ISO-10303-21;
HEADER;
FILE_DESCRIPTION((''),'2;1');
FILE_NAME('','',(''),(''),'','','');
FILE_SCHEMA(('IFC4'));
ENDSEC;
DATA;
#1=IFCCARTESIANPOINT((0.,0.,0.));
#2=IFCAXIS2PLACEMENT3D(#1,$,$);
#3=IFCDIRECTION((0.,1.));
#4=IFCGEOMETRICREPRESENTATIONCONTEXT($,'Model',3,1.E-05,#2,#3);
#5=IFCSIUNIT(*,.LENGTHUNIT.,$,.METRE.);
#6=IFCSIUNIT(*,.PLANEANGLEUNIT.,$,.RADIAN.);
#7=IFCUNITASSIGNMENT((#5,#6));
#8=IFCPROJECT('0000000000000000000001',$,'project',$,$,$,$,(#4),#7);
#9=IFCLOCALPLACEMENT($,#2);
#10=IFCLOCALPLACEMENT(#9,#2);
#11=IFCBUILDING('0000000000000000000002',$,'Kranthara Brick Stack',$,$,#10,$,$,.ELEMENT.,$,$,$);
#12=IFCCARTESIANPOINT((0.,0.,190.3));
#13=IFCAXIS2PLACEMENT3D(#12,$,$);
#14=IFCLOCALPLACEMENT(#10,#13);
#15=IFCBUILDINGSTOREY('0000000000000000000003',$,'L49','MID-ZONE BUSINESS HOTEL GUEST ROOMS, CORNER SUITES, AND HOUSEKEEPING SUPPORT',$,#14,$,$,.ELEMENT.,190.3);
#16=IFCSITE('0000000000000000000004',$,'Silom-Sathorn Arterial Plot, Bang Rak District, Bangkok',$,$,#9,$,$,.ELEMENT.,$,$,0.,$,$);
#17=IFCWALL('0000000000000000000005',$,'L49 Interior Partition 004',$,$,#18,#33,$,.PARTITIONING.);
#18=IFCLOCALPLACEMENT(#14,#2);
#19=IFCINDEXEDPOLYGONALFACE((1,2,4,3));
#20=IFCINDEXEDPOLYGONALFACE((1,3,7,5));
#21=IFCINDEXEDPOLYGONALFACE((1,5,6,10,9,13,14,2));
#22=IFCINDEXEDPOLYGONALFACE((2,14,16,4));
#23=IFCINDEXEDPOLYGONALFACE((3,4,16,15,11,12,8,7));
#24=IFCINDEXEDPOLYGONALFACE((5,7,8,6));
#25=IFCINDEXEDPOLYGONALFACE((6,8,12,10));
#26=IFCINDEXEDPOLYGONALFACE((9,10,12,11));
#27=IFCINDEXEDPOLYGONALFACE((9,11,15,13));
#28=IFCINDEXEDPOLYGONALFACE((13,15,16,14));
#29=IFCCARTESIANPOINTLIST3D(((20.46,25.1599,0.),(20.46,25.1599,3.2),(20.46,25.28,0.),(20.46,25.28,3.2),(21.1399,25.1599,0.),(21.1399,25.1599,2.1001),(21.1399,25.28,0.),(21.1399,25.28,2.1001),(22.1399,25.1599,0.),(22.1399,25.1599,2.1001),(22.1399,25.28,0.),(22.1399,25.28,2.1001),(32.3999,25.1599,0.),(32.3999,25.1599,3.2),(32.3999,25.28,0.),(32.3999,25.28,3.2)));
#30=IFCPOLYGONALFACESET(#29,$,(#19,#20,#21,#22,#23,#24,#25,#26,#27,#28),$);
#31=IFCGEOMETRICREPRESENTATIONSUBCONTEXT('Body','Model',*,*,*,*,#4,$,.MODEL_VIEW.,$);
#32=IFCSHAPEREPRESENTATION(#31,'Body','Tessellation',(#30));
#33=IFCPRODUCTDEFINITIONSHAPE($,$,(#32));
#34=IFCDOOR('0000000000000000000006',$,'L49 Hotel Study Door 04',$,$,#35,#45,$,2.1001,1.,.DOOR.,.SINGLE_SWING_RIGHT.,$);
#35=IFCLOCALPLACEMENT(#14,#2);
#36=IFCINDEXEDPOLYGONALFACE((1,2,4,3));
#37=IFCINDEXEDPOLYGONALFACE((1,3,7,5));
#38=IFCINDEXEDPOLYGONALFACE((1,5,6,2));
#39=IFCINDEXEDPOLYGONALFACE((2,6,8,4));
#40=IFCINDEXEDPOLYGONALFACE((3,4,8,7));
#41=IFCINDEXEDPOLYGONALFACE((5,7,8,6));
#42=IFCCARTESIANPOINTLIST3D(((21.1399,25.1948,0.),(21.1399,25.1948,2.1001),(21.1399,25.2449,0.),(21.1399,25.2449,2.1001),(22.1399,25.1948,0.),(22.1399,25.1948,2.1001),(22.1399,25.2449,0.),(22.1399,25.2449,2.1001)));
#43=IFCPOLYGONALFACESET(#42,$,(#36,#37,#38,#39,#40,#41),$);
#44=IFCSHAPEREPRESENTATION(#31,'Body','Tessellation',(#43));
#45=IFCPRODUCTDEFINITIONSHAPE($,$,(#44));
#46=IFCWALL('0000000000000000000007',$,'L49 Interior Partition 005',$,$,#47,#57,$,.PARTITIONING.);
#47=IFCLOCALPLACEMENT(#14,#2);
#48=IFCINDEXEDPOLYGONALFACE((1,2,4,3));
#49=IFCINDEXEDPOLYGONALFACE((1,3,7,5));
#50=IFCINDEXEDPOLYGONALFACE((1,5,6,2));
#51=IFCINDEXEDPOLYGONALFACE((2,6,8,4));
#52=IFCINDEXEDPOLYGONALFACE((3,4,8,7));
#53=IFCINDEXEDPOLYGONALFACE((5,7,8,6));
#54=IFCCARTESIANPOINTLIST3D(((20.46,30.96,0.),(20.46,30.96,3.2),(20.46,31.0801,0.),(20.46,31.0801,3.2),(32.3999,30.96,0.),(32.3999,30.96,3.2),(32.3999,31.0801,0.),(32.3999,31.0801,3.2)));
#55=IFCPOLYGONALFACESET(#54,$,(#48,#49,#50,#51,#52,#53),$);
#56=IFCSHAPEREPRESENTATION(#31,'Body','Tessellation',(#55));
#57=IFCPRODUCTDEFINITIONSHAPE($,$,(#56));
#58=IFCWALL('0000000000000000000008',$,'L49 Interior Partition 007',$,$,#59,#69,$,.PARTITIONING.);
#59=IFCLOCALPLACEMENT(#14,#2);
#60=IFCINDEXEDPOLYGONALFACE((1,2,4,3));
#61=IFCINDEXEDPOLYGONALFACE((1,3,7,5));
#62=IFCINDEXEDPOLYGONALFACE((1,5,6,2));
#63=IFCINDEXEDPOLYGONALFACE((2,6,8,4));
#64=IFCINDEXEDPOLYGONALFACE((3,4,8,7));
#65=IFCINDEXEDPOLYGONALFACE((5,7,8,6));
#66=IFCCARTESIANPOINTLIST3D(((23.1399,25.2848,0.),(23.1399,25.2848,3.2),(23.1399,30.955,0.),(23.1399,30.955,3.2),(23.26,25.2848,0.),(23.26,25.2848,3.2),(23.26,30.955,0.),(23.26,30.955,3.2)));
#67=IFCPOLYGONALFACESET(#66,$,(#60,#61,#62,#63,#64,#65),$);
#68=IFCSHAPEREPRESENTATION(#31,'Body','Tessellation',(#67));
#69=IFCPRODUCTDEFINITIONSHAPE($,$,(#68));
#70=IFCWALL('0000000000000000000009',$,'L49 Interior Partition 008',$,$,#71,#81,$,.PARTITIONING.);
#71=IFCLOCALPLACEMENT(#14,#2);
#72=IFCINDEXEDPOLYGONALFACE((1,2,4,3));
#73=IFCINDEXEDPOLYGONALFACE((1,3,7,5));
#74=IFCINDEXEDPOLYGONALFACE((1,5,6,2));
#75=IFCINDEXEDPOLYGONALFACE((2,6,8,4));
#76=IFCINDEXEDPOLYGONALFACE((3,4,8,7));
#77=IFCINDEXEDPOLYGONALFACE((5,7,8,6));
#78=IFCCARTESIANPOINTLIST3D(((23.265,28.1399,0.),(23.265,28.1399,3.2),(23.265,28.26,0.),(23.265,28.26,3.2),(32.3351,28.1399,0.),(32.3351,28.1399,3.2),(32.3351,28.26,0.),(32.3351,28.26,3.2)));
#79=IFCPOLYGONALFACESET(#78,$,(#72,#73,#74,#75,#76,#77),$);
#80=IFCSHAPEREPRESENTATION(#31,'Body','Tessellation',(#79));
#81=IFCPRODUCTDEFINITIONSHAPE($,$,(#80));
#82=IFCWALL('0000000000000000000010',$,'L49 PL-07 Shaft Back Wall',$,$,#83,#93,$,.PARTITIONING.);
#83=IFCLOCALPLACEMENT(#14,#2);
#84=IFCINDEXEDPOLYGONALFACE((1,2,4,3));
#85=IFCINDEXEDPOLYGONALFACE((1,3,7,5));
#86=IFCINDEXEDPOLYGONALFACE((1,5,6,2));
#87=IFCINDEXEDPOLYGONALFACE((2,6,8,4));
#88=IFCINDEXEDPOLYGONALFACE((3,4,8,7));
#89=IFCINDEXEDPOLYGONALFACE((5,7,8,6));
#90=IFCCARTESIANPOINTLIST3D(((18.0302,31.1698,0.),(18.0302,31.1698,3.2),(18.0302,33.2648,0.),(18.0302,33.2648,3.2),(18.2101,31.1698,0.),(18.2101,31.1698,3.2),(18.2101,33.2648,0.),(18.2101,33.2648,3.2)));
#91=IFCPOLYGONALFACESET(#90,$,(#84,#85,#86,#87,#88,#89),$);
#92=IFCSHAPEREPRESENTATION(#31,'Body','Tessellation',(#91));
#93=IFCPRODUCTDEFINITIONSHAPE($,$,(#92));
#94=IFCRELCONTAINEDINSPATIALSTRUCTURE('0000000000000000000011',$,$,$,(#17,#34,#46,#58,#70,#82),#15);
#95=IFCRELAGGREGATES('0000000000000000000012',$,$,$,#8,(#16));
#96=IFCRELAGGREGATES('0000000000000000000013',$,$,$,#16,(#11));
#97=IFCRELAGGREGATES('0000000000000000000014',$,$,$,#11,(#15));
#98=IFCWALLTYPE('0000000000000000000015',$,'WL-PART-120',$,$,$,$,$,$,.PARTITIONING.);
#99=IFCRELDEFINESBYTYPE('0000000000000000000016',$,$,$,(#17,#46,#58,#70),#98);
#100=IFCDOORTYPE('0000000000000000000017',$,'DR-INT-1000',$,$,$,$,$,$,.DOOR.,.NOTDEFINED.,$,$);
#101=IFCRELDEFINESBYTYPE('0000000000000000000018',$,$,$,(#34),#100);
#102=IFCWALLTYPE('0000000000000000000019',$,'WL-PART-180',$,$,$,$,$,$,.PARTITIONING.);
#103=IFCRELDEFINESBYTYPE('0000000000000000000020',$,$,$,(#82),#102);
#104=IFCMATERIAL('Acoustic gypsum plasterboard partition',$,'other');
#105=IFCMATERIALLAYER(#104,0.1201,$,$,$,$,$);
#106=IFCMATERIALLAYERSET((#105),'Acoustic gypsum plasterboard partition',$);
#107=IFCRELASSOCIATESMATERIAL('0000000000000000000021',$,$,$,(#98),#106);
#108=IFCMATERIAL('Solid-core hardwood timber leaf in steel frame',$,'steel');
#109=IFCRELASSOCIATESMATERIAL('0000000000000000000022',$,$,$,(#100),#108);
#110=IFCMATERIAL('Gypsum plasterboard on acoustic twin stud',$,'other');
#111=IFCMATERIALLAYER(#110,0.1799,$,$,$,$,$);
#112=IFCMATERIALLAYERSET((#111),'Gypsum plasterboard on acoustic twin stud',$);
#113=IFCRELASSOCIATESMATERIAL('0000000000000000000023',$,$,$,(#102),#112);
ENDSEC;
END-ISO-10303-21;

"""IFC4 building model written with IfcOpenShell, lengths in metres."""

from ifc_helpers import new_model, si_unit, direction, frame, frame_2d, origin, place, context, subcontext, project, spatial, rectangle, extrude, material, layer, layer_set, type_object, element, fill, save


model = new_model("IFC4")

# Units and contexts
model_context = context("Model", 3, precision=1e-05, world=origin(), true_north=direction((0.0, 1.0)))
body_context = subcontext(model_context, "Body", "Model", "MODEL_VIEW")
ifc_project = project(units=[si_unit("LENGTHUNIT", "METRE"), si_unit("PLANEANGLEUNIT", "RADIAN")], contexts=[model_context])

# Site, building, storey
site_placement = place(None, origin())
site = spatial("IfcSite", under=ifc_project, at=site_placement, Name="Silom-Sathorn Arterial Plot, Bang Rak District, Bangkok", CompositionType="ELEMENT", RefElevation=0.0)
building_placement = place(site_placement, origin())
building = spatial("IfcBuilding", under=site, at=building_placement, Name="Kranthara Brick Stack", CompositionType="ELEMENT")
storey_placement = place(building_placement, frame((0.0, 0.0, 190.3)))
storey = spatial("IfcBuildingStorey", under=building, at=storey_placement, Name="L49", Description="MID-ZONE BUSINESS HOTEL GUEST ROOMS, CORNER SUITES, AND HOUSEKEEPING SUPPORT", CompositionType="ELEMENT", Elevation=190.3)

# Wall, opening, door
ifc_material_1 = material(Name="Acoustic gypsum plasterboard partition", Category="other")
ifc_layer_1 = layer(ifc_material_1, 0.1201)
ifc_layer_set_1 = layer_set([ifc_layer_1], Name="Acoustic gypsum plasterboard partition")
wall_type_1 = type_object("IfcWallType", Name="WL-PART-120", PredefinedType="PARTITIONING", material=ifc_layer_set_1)
wall_1_placement = place(storey_placement, frame((20.46, 25.22, 0.0), z_axis=(0.0, 0.0, 1.0), x_axis=(1.0, 0.0, 0.0)))
wall_1 = element("IfcWall", 1, at=wall_1_placement, inside=storey, type_object=wall_type_1, Name="L49 Interior Partition 004", PredefinedType="PARTITIONING", context=body_context, shape_type="SweptSolid", body=[
    extrude(rectangle(XDim=11.9399, YDim=0.1201, at=frame_2d((5.97, 0.0))), origin(), (0.0, 0.0, 1.0), 3.2),
])
opening_placement = place(wall_1_placement, frame((0.6799, 0.0, 0.0)))
opening = element("IfcOpeningElement", 2, at=opening_placement, cuts=wall_1, PredefinedType="OPENING", context=body_context, shape_type="SweptSolid", body=[
    extrude(rectangle(XDim=1.0, YDim=2.1001, at=frame_2d((0.5, 1.05))), frame((0.0, 0.0701, 0.0), z_axis=(0.0, -1.0, 0.0), x_axis=(1.0, 0.0, 0.0)), (0.0, 0.0, 1.0), 0.1401),
])
ifc_material_2 = material(Name="Solid-core hardwood timber leaf in steel frame", Category="steel")
door_type = type_object("IfcDoorType", Name="DR-INT-1000", OperationType="NOTDEFINED", PredefinedType="DOOR", material=ifc_material_2)
door_placement = place(opening_placement, origin())
door = element("IfcDoor", 3, at=door_placement, inside=storey, type_object=door_type, Name="L49 Hotel Study Door 04", OperationType="SINGLE_SWING_RIGHT", OverallHeight=2.1001, OverallWidth=1.0, PredefinedType="DOOR", context=body_context, shape_type="SweptSolid", body=[
    extrude(rectangle(XDim=1.0, YDim=2.1001, at=frame_2d((0.5, 1.05))), frame((0.0, 0.0249, 0.0), z_axis=(0.0, -1.0, 0.0), x_axis=(1.0, 0.0, 0.0)), (0.0, 0.0, 1.0), 0.05),
])
fill(opening, door)

# Walls
wall_2_placement = place(storey_placement, frame((20.46, 31.02, 0.0), z_axis=(0.0, 0.0, 1.0), x_axis=(1.0, 0.0, 0.0)))
element("IfcWall", 4, at=wall_2_placement, inside=storey, type_object=wall_type_1, Name="L49 Interior Partition 005", PredefinedType="PARTITIONING", context=body_context, shape_type="SweptSolid", body=[
    extrude(rectangle(XDim=11.9399, YDim=0.1201, at=frame_2d((5.97, 0.0))), origin(), (0.0, 0.0, 1.0), 3.2),
])
wall_3_placement = place(storey_placement, frame((23.2, 25.2849, 0.0), z_axis=(0.0, 0.0, 1.0), x_axis=(0.0, 1.0, 0.0)))
element("IfcWall", 5, at=wall_3_placement, inside=storey, type_object=wall_type_1, Name="L49 Interior Partition 007", PredefinedType="PARTITIONING", context=body_context, shape_type="SweptSolid", body=[
    extrude(rectangle(XDim=5.6702, YDim=0.1201, at=frame_2d((2.835, 0.0))), origin(), (0.0, 0.0, 1.0), 3.2),
])
wall_4_placement = place(storey_placement, frame((23.2649, 28.2, 0.0), z_axis=(0.0, 0.0, 1.0), x_axis=(1.0, 0.0, 0.0)))
element("IfcWall", 6, at=wall_4_placement, inside=storey, type_object=wall_type_1, Name="L49 Interior Partition 008", PredefinedType="PARTITIONING", context=body_context, shape_type="SweptSolid", body=[
    extrude(rectangle(XDim=9.0701, YDim=0.1201, at=frame_2d((4.5352, 0.0))), origin(), (0.0, 0.0, 1.0), 3.2),
])
ifc_material_3 = material(Name="Gypsum plasterboard on acoustic twin stud", Category="other")
ifc_layer_2 = layer(ifc_material_3, 0.1799)
ifc_layer_set_2 = layer_set([ifc_layer_2], Name="Gypsum plasterboard on acoustic twin stud")
wall_type_2 = type_object("IfcWallType", Name="WL-PART-180", PredefinedType="PARTITIONING", material=ifc_layer_set_2)
wall_5_placement = place(storey_placement, frame((18.1201, 31.1699, 0.0), z_axis=(0.0, 0.0, 1.0), x_axis=(0.0, 1.0, 0.0)))
element("IfcWall", 7, at=wall_5_placement, inside=storey, type_object=wall_type_2, Name="L49 PL-07 Shaft Back Wall", PredefinedType="PARTITIONING", context=body_context, shape_type="SweptSolid", body=[
    extrude(rectangle(XDim=2.095, YDim=0.1799, at=frame_2d((1.0474, 0.0))), origin(), (0.0, 0.0, 1.0), 3.2),
])

save(model, "model.ifc")
